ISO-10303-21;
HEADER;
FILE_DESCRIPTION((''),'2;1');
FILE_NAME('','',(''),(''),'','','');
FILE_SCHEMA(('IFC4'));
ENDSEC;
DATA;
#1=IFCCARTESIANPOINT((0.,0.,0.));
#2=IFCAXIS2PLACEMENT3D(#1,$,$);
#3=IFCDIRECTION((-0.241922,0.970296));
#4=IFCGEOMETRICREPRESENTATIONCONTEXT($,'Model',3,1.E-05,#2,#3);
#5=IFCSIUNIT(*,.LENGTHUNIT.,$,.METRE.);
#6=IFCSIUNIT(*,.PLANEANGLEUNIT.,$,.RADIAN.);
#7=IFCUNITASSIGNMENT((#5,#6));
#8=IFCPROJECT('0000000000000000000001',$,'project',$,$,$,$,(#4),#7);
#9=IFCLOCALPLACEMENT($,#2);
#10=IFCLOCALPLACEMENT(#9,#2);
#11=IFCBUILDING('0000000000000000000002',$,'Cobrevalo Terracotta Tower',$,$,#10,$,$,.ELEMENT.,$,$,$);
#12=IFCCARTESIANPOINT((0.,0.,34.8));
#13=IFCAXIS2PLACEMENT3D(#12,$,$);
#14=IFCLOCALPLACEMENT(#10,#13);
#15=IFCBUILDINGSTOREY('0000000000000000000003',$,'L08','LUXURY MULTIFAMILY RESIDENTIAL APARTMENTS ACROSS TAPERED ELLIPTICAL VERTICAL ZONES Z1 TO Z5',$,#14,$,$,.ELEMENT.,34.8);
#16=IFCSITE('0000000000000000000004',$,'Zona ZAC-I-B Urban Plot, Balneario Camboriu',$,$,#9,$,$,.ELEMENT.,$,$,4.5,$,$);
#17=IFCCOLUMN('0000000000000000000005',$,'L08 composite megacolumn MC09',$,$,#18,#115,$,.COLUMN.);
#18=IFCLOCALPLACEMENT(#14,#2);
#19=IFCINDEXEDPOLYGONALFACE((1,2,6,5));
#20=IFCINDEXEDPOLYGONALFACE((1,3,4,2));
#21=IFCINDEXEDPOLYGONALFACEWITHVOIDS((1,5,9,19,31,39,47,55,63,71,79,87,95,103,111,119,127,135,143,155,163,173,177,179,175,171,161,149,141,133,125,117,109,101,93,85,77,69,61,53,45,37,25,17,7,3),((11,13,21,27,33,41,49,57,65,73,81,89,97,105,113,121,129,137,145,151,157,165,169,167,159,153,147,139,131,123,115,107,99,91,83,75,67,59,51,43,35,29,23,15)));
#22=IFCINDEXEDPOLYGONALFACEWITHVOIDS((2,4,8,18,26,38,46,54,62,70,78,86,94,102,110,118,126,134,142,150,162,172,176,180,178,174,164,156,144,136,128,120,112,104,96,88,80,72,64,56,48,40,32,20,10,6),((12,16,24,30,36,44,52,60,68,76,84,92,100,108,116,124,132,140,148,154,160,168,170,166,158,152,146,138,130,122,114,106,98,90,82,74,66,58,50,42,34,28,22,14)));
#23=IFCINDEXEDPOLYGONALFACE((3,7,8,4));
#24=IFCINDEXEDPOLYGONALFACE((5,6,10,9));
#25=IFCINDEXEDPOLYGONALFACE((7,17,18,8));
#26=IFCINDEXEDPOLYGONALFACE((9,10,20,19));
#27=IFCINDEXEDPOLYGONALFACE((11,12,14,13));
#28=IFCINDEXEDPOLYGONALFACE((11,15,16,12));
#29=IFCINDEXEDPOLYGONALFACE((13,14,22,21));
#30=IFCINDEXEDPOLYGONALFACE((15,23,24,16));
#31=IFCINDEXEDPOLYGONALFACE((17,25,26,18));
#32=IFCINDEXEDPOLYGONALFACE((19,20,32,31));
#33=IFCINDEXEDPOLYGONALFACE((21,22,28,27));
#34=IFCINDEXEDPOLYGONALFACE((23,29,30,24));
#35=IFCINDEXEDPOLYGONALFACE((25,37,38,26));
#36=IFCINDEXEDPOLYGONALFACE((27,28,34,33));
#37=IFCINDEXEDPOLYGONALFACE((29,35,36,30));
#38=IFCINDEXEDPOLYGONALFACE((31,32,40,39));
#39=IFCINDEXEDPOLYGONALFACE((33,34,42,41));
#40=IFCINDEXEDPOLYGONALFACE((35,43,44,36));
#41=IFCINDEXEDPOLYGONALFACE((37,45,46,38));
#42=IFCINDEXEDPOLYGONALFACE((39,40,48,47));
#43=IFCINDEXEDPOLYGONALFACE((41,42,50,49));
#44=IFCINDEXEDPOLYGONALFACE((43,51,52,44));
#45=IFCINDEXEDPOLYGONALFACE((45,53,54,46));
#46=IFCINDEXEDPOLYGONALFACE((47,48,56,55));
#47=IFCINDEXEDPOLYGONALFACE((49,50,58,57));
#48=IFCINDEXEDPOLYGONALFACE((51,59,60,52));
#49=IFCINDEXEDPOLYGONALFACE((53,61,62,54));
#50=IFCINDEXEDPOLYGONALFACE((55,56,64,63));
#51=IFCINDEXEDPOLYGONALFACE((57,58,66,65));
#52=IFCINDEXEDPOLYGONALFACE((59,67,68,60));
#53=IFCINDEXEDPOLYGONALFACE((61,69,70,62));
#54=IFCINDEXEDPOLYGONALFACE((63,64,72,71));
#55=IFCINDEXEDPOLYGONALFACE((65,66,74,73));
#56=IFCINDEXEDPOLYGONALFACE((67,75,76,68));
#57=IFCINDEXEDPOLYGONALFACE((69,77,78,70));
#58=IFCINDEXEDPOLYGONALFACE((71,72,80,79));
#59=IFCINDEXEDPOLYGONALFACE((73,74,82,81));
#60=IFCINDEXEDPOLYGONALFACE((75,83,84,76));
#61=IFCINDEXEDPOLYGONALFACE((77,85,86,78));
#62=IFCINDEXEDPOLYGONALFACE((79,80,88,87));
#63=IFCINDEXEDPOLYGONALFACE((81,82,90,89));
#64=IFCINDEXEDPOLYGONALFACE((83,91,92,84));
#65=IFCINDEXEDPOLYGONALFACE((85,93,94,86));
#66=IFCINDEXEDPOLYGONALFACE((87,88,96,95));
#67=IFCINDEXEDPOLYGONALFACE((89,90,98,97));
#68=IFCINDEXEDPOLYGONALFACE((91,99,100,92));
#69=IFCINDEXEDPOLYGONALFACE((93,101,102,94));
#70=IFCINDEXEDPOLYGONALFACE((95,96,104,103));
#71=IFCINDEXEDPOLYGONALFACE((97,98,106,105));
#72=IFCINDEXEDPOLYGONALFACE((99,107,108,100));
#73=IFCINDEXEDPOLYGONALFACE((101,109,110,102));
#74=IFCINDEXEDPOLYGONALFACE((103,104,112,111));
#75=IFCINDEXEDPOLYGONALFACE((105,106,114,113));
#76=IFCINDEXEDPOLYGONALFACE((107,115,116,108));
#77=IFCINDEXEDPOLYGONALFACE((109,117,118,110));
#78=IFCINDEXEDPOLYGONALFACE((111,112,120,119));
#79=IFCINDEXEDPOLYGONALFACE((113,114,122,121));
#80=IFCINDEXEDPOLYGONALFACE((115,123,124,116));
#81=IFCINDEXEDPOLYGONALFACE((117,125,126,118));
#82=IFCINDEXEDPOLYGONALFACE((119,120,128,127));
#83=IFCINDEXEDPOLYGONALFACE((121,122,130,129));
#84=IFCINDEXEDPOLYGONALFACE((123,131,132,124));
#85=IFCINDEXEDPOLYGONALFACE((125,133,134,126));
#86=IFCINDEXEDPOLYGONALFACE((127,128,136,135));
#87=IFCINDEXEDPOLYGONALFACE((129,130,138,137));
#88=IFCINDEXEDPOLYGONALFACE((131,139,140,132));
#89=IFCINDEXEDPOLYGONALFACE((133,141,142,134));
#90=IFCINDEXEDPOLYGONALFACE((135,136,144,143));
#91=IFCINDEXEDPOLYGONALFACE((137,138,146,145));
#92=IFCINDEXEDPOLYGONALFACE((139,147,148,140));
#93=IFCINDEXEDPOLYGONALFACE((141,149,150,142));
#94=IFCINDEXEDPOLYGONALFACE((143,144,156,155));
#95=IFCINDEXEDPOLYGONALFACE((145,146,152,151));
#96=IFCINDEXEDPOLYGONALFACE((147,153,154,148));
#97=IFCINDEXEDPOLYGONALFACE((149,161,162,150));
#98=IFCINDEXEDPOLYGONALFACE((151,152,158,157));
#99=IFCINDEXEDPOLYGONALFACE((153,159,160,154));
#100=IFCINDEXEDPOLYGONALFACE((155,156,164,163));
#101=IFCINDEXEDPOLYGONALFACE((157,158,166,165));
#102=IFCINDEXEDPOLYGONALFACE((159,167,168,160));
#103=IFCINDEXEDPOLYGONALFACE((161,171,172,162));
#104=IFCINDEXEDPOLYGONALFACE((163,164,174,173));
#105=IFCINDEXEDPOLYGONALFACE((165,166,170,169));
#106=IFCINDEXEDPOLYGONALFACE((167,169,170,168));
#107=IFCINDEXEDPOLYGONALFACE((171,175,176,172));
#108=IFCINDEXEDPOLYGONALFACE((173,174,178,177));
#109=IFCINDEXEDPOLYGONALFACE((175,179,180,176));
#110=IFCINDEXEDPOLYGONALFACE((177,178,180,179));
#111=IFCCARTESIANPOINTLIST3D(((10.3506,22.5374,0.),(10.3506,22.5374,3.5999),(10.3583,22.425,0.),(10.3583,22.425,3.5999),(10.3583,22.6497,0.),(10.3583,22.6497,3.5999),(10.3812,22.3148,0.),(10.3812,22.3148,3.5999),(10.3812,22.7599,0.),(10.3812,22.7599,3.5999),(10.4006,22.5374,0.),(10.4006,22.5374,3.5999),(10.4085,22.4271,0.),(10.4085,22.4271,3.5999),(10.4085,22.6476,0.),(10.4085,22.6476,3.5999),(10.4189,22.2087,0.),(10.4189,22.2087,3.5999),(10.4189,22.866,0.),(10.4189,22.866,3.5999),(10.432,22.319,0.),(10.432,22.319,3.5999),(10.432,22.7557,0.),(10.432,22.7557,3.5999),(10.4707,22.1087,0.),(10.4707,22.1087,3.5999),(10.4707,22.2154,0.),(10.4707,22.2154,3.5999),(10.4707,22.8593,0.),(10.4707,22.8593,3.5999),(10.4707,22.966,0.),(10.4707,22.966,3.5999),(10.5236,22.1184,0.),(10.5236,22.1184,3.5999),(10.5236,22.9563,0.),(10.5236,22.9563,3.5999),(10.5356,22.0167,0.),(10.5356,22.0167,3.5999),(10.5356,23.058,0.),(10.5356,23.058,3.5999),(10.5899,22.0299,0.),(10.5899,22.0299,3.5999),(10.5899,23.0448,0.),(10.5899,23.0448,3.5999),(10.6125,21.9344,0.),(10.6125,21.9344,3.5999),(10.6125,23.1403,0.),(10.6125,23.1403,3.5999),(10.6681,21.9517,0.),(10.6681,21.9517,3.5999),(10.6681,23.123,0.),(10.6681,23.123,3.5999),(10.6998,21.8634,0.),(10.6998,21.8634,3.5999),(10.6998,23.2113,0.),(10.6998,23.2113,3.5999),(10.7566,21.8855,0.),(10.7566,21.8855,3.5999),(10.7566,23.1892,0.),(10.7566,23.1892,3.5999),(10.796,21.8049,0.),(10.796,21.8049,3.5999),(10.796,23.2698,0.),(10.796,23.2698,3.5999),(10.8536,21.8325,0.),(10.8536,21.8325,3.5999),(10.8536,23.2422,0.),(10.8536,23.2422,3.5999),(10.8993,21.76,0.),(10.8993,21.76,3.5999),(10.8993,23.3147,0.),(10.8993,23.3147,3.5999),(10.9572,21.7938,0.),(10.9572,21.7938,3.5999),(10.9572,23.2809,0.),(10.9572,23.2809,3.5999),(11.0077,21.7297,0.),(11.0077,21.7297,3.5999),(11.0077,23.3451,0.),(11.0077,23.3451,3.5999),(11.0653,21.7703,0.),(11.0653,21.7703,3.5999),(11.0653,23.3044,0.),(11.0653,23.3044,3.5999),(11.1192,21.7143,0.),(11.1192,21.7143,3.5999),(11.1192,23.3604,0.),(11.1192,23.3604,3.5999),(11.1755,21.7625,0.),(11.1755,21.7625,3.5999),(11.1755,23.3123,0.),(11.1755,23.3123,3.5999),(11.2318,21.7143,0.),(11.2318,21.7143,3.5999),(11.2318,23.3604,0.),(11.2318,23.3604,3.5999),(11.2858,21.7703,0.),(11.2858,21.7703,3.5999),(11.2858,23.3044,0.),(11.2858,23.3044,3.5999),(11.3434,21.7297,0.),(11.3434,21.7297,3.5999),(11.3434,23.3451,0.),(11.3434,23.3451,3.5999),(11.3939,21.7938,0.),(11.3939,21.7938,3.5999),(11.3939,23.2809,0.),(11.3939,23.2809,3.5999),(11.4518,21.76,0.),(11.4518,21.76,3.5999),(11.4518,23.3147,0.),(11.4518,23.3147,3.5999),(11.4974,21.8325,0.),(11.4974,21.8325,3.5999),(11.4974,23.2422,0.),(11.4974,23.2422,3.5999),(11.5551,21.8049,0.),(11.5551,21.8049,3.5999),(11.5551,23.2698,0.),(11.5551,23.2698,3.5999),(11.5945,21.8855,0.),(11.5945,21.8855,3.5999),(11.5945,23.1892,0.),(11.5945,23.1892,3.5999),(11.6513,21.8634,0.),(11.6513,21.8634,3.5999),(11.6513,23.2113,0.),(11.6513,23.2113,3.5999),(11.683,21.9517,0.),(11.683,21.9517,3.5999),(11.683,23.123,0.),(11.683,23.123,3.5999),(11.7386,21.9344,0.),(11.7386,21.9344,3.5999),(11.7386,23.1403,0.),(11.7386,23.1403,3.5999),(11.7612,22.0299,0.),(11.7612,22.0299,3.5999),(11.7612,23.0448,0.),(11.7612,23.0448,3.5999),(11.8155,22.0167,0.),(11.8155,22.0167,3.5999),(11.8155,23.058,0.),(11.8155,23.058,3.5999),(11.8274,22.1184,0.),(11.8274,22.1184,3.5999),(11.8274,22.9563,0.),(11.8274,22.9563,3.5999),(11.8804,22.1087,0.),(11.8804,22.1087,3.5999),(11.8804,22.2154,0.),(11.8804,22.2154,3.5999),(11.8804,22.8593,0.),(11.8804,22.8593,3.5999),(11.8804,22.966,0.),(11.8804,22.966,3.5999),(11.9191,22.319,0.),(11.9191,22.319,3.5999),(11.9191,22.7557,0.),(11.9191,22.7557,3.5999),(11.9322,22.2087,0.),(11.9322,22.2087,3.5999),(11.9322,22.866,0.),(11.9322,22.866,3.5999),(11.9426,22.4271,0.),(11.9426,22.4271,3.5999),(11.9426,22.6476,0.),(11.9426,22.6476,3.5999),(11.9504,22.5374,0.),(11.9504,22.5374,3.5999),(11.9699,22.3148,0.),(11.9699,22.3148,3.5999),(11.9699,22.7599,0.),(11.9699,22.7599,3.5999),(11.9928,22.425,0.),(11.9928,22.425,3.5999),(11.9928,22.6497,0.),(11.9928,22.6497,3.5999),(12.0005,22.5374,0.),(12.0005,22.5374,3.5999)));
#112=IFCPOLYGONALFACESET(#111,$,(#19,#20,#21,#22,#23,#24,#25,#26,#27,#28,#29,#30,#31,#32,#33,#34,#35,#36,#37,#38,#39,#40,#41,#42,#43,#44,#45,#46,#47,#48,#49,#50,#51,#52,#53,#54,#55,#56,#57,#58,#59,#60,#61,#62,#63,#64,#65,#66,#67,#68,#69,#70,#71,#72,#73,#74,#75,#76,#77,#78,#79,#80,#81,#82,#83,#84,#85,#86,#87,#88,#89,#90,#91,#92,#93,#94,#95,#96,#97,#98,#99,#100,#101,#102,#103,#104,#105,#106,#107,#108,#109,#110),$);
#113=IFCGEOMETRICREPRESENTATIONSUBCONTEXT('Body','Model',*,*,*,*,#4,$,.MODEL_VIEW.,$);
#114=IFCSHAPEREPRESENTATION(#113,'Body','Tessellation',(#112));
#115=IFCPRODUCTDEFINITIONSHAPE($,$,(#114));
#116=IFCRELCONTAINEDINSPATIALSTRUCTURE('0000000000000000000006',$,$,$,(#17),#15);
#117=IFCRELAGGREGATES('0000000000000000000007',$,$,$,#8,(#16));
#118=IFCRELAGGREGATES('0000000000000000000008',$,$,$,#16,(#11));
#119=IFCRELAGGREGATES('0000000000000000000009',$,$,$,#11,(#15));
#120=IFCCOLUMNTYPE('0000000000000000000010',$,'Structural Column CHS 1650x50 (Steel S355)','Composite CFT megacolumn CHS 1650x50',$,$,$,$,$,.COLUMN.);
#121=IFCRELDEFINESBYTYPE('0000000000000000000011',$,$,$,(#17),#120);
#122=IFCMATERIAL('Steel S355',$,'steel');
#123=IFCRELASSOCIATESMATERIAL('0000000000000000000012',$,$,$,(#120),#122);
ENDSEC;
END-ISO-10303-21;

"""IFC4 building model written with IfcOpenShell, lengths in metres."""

from ifc_helpers import new_model, si_unit, direction, frame, origin, origin_2d, place, context, subcontext, project, spatial, hollow_circle, extrude, material, material_profile, profile_set, type_object, element, save


model = new_model("IFC4")

# Units and contexts
model_context = context("Model", 3, precision=1e-05, world=origin(), true_north=direction((-0.241922, 0.970296)))
body_context = subcontext(model_context, "Body", "Model", "MODEL_VIEW")
ifc_project = project(units=[si_unit("LENGTHUNIT", "METRE"), si_unit("PLANEANGLEUNIT", "RADIAN")], contexts=[model_context])

# Site, building, storey
site_placement = place(None, origin())
site = spatial("IfcSite", under=ifc_project, at=site_placement, Name="Zona ZAC-I-B Urban Plot, Balneario Camboriu", CompositionType="ELEMENT", RefElevation=4.5)
building_placement = place(site_placement, origin())
building = spatial("IfcBuilding", under=site, at=building_placement, Name="Cobrevalo Terracotta Tower", CompositionType="ELEMENT")
storey_placement = place(building_placement, frame((0.0, 0.0, 34.8)))
storey = spatial("IfcBuildingStorey", under=building, at=storey_placement, Name="L08", Description="LUXURY MULTIFAMILY RESIDENTIAL APARTMENTS ACROSS TAPERED ELLIPTICAL VERTICAL ZONES Z1 TO Z5", CompositionType="ELEMENT", Elevation=34.8)

# Column
ifc_material_1 = material(Name="Steel S355", Category="steel")
ifc_material_profile_1 = material_profile(ifc_material_1, hollow_circle(Radius=0.825, WallThickness=0.05, at=origin_2d()), Name="CHS 1650x50")
ifc_profile_set_1 = profile_set([ifc_material_profile_1], Name="Steel S355")
column_type = type_object("IfcColumnType", Name="Structural Column CHS 1650x50 (Steel S355)", Description="Composite CFT megacolumn CHS 1650x50", PredefinedType="COLUMN", material=ifc_profile_set_1)
for number, where, z_axis, x_axis, name in (
    (1, (11.1755, 22.5374, 0.0), (0.0, 0.0, 1.0), (1.0, 0.0, 0.0), "L08 composite megacolumn MC09"),
):
    element("IfcColumn", number, at=place(storey_placement, frame(where, z_axis=z_axis, x_axis=x_axis)), inside=storey, type_object=column_type, Name=name, PredefinedType="COLUMN", context=body_context, shape_type="SweptSolid", body=[
        extrude(hollow_circle(Radius=0.825, WallThickness=0.05, at=origin_2d()), origin(), (0.0, 0.0, 1.0), 3.5999),
    ])

save(model, "model.ifc")
